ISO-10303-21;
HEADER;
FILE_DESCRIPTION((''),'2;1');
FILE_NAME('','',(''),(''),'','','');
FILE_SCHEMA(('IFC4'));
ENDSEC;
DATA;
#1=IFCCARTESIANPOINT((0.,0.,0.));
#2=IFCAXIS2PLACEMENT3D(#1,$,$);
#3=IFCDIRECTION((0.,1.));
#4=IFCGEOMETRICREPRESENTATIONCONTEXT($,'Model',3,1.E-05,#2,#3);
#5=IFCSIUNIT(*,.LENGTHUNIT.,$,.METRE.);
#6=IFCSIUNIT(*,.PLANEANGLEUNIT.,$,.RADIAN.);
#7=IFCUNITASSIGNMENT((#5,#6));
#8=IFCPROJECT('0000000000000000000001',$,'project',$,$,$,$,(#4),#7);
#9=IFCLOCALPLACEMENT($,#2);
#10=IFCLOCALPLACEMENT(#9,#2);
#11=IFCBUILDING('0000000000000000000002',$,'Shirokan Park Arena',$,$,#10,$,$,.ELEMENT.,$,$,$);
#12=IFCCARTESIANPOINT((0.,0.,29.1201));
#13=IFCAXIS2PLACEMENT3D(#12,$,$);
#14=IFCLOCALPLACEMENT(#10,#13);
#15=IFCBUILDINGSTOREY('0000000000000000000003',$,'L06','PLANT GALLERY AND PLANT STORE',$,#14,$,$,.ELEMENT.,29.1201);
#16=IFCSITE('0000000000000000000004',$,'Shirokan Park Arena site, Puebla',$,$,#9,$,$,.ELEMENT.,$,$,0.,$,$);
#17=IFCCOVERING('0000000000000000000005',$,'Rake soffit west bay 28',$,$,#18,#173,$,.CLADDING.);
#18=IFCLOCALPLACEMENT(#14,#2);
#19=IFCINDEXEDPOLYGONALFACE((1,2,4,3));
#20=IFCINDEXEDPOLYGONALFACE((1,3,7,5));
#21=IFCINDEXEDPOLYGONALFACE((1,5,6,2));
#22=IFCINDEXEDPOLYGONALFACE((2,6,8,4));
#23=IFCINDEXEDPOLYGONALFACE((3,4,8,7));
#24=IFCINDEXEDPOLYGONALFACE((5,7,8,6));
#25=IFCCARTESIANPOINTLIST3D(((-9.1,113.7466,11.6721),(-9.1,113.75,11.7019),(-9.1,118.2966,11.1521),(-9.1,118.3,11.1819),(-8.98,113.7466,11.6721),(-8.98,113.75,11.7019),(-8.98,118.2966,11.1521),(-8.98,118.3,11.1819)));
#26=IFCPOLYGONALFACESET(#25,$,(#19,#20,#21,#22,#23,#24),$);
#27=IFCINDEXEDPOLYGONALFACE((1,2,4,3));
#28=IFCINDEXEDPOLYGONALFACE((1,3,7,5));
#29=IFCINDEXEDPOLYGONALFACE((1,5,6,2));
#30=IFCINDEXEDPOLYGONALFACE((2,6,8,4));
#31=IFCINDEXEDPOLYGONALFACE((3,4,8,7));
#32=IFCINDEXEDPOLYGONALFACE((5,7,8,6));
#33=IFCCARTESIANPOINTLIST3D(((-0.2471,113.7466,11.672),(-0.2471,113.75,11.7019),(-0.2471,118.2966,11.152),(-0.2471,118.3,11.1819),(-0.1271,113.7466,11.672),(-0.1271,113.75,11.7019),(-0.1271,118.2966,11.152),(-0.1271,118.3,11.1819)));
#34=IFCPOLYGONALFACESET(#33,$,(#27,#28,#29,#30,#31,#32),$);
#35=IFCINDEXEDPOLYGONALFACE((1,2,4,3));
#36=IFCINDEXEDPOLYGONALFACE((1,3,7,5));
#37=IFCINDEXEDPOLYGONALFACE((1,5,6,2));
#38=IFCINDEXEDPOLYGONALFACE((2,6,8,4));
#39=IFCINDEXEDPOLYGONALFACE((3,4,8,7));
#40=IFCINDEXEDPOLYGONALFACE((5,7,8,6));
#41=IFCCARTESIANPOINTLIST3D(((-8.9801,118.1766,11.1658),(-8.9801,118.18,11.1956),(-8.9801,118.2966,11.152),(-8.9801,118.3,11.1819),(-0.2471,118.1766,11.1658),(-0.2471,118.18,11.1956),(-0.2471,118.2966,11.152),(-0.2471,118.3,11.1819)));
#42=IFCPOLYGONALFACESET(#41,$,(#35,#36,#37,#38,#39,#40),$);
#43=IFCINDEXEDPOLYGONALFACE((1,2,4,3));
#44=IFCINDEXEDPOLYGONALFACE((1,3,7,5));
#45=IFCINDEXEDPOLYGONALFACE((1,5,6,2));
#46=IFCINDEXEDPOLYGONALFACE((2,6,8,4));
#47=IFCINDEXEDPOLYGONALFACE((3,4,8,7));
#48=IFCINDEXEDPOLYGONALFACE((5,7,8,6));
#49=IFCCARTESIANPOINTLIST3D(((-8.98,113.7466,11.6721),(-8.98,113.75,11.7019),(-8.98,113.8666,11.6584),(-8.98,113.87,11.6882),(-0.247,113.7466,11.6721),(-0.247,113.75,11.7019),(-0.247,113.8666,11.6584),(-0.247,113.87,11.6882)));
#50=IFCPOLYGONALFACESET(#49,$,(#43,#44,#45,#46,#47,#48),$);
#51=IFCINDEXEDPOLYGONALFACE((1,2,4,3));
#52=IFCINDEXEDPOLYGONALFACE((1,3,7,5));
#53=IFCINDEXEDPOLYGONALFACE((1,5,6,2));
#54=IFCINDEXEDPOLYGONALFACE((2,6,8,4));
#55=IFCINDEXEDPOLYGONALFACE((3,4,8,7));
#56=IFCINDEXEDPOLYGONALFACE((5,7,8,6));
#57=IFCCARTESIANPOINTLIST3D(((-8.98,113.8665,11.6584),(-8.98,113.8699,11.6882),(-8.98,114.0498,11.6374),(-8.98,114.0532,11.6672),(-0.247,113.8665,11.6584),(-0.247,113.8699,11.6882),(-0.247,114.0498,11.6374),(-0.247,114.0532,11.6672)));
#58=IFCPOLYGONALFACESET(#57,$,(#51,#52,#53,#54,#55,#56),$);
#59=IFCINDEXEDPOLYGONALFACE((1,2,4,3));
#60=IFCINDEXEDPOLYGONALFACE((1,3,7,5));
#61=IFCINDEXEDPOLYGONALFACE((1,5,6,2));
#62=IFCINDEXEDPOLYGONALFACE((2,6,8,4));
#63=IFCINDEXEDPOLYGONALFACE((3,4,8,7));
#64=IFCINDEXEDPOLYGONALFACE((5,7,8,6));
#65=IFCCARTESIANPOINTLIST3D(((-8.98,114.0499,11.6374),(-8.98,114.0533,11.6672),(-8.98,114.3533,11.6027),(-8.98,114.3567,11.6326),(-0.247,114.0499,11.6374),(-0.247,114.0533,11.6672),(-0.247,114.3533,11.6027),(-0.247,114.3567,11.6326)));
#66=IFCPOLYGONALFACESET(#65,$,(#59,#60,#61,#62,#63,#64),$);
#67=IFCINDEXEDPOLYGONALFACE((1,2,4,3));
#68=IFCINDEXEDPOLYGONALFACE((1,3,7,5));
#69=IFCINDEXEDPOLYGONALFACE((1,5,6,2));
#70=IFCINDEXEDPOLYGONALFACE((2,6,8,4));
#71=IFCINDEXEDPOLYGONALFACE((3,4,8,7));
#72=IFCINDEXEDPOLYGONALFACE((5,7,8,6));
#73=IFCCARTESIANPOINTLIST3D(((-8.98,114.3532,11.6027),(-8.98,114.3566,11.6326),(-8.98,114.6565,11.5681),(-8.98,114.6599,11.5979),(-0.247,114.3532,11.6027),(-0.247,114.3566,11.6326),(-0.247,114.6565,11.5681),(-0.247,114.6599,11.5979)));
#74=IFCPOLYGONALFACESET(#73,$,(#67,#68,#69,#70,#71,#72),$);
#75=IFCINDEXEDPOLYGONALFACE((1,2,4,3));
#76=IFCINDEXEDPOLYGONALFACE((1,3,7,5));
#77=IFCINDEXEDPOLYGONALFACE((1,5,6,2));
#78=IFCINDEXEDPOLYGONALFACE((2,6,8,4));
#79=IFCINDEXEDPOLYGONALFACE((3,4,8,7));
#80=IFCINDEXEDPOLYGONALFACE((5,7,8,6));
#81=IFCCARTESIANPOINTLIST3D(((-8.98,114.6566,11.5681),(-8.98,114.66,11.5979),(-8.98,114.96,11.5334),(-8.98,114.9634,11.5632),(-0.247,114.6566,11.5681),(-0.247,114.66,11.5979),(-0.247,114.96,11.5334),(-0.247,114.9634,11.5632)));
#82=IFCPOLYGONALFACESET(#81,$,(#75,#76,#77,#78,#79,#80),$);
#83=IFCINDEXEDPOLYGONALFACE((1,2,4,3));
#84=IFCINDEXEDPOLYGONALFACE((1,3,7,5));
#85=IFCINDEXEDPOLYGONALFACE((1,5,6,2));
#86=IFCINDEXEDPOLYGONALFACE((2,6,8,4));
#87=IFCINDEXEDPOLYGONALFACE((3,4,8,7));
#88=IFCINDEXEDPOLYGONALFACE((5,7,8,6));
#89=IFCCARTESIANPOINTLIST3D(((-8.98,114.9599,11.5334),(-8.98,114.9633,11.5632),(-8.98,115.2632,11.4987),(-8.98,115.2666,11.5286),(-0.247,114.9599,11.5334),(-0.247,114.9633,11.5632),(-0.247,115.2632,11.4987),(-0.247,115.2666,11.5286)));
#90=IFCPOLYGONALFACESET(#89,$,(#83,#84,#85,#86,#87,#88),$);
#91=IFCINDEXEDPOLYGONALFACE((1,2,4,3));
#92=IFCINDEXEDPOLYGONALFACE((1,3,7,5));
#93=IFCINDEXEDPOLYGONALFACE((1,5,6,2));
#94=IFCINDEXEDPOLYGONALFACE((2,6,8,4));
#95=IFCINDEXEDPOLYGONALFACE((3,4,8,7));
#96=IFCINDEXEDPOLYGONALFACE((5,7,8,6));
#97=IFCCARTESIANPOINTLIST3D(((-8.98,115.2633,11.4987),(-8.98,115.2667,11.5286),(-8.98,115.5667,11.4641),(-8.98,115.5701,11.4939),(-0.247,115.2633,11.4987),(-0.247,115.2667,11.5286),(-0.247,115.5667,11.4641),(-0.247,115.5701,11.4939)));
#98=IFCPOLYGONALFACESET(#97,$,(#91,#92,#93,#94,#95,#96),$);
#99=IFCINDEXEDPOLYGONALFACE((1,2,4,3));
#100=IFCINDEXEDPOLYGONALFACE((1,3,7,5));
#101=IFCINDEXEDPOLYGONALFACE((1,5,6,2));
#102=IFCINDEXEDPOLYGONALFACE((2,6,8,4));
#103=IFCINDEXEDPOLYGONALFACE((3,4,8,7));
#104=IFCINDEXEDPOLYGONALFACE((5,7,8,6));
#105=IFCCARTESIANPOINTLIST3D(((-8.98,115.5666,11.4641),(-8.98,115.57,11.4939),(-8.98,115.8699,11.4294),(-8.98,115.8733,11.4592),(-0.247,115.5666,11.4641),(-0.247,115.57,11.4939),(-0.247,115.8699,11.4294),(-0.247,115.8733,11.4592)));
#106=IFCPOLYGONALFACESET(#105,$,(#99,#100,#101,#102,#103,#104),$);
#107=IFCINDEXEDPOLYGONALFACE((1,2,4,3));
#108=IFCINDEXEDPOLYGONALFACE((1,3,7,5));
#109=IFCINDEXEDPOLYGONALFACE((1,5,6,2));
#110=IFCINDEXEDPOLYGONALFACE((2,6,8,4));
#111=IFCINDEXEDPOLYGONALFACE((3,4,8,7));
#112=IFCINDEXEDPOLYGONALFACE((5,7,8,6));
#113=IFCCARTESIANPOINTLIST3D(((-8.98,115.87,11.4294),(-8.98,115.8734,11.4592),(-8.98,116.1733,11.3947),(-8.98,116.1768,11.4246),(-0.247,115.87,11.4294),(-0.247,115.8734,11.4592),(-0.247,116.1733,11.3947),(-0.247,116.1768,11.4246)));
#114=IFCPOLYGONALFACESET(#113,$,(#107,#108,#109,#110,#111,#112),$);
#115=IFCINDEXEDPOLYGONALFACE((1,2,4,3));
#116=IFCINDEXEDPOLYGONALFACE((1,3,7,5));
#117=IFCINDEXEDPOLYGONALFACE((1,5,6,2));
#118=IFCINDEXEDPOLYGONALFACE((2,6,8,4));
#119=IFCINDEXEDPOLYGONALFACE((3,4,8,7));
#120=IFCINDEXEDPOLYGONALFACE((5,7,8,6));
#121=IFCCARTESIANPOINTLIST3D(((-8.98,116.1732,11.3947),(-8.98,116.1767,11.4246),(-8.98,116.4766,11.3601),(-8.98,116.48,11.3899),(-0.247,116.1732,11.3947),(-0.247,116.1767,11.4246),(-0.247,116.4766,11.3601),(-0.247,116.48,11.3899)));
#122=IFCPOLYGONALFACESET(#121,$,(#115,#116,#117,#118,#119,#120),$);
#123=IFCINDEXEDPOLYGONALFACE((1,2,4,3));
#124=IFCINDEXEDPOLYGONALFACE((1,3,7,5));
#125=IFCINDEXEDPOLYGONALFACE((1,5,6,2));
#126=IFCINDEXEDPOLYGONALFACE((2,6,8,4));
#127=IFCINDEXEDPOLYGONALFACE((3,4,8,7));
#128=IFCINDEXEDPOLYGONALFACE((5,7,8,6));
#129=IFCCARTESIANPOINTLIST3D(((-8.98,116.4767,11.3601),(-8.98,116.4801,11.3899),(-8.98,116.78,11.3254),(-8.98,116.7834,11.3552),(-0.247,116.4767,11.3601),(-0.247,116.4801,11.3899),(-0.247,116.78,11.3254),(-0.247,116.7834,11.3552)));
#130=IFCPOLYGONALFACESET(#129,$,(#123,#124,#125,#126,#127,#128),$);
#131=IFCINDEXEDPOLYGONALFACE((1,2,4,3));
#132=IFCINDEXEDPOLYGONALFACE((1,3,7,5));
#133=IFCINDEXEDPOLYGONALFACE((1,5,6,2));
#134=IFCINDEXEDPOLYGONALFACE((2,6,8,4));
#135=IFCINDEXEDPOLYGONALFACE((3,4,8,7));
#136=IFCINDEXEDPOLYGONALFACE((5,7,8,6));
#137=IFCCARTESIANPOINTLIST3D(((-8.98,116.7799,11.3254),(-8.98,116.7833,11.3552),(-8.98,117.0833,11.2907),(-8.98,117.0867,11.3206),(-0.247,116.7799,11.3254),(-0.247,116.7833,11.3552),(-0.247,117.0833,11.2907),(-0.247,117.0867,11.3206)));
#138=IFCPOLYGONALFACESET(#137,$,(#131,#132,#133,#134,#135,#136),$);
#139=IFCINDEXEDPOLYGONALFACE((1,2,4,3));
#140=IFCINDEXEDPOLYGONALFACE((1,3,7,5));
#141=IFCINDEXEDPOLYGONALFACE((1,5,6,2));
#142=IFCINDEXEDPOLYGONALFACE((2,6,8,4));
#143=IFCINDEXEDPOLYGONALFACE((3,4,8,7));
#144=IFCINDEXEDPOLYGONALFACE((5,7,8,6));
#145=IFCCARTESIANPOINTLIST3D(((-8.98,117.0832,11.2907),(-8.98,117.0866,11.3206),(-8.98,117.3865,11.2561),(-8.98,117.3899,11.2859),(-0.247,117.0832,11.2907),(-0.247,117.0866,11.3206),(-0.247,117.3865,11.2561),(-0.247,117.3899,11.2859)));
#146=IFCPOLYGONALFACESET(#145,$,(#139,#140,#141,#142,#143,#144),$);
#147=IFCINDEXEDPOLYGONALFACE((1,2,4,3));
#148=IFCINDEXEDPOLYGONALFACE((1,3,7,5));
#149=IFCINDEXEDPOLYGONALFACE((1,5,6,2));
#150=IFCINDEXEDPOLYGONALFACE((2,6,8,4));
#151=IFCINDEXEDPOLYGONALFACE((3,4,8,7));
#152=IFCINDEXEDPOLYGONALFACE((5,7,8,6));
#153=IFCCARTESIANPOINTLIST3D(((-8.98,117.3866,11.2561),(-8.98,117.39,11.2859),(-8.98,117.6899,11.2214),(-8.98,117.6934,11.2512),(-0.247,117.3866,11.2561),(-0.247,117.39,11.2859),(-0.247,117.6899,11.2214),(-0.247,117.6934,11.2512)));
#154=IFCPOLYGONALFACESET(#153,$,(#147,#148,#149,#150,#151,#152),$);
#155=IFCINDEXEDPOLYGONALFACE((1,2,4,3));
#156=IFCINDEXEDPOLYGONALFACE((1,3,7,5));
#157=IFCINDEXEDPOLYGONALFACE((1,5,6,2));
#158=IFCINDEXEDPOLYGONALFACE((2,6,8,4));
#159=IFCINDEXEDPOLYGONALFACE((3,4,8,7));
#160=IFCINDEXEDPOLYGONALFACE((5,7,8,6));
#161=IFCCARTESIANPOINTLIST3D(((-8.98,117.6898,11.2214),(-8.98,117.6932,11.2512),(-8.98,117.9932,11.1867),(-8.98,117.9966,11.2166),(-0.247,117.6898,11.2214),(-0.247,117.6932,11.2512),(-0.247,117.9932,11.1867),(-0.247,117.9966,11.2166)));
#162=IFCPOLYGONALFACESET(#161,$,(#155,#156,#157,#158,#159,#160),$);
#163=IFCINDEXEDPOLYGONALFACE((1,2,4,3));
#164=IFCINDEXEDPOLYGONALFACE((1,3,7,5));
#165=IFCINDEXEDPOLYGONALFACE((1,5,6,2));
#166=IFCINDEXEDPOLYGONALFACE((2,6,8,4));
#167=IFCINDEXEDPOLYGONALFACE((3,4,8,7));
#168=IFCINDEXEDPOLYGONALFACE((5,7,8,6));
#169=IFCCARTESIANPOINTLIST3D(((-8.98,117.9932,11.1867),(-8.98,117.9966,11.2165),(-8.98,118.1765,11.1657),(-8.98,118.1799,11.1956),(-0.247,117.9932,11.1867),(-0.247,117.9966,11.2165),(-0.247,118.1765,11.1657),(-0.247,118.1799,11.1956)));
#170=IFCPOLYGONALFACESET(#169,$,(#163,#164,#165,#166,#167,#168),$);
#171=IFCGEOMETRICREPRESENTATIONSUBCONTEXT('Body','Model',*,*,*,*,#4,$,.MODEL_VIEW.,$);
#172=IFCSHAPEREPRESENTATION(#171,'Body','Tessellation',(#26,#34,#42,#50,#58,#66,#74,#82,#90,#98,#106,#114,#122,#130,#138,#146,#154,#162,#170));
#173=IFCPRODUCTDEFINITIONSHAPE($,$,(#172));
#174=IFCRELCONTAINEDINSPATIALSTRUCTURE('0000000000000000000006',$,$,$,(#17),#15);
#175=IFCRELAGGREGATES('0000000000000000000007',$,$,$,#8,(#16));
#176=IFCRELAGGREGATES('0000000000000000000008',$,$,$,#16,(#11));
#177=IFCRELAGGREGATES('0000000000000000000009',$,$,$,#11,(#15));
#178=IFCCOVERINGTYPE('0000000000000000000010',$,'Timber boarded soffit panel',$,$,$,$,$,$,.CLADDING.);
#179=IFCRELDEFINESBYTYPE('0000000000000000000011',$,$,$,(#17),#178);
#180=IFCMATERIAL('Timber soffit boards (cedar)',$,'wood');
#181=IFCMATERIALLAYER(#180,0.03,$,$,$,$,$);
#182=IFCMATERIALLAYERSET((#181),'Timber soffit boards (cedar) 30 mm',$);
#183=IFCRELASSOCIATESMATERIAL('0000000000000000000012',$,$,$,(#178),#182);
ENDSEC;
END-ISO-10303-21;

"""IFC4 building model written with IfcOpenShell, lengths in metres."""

from ifc_helpers import new_model, si_unit, direction, frame, origin, place, context, subcontext, project, spatial, polyline, outline, extrude, material, layer, layer_set, type_object, element, save


model = new_model("IFC4")

# Units and contexts
model_context = context("Model", 3, precision=1e-05, world=origin(), true_north=direction((0.0, 1.0)))
body_context = subcontext(model_context, "Body", "Model", "MODEL_VIEW")
ifc_project = project(units=[si_unit("LENGTHUNIT", "METRE"), si_unit("PLANEANGLEUNIT", "RADIAN")], contexts=[model_context])

# Site, building, storey
site_placement = place(None, origin())
site = spatial("IfcSite", under=ifc_project, at=site_placement, Name="Shirokan Park Arena site, Puebla", CompositionType="ELEMENT", RefElevation=0.0)
building_placement = place(site_placement, origin())
building = spatial("IfcBuilding", under=site, at=building_placement, Name="Shirokan Park Arena", CompositionType="ELEMENT")
storey_placement = place(building_placement, frame((0.0, 0.0, 29.1201)))
storey = spatial("IfcBuildingStorey", under=building, at=storey_placement, Name="L06", Description="PLANT GALLERY AND PLANT STORE", CompositionType="ELEMENT", Elevation=29.1201)

# Covering
ifc_material = material(Name="Timber soffit boards (cedar)", Category="wood")
ifc_layer = layer(ifc_material, 0.03)
ifc_layer_set = layer_set([ifc_layer], Name="Timber soffit boards (cedar) 30 mm")
covering_type = type_object("IfcCoveringType", Name="Timber boarded soffit panel", PredefinedType="CLADDING", material=ifc_layer_set)
covering_1_placement = place(storey_placement, origin())
element("IfcCovering", 1, at=covering_1_placement, inside=storey, type_object=covering_type, Name="Rake soffit west bay 28", PredefinedType="CLADDING", context=body_context, shape_type="SweptSolid", body=[
    extrude(outline(polyline([(0.0, 0.0), (0.12, 0.0), (0.12, -4.5796), (0.0, -4.5796), (0.0, 0.0)])), frame((-8.98, 113.75, 11.7019), z_axis=(0.0, 0.113547, 0.993533), x_axis=(-1.0, 0.0, 0.0)), (0.0, 0.0, -1.0), 0.03),
    extrude(outline(polyline([(0.0, 0.0), (0.12, 0.0), (0.12, -4.5796), (0.0, -4.5796), (0.0, 0.0)])), frame((-0.2471, 118.3, 11.1819), z_axis=(0.0, 0.113547, 0.993533), x_axis=(1.0, 0.0, 0.0)), (0.0, 0.0, -1.0), 0.03),
    extrude(outline(polyline([(0.0, 0.0), (0.1208, 0.0), (0.1208, -8.733), (0.0, -8.733), (0.0, 0.0)])), frame((-0.2471, 118.3, 11.1819), z_axis=(0.0, 0.113512, 0.993537), x_axis=(0.0, -0.993537, 0.113512)), (0.0, 0.0, -1.0), 0.03),
    extrude(outline(polyline([(0.0, 0.0), (0.1208, 0.0), (0.1208, -8.733), (0.0, -8.733), (0.0, 0.0)])), frame((-8.98, 113.75, 11.7019), z_axis=(0.0, 0.113512, 0.993537), x_axis=(0.0, 0.993537, -0.113512)), (0.0, 0.0, -1.0), 0.03),
    extrude(outline(polyline([(0.0, 0.0), (8.733, 0.0), (8.733, -0.1845), (0.0, -0.1845), (0.0, 0.0)])), frame((-8.98, 114.0532, 11.6672), z_axis=(0.0, 0.113589, 0.993528), x_axis=(1.0, 0.0, 0.0)), (0.0, 0.0, -1.0), 0.03),
    extrude(outline(polyline([(0.0, 0.0), (8.733, 0.0), (8.733, -0.3053), (0.0, -0.3053), (0.0, 0.0)])), frame((-8.98, 114.3567, 11.6326), z_axis=(0.0, 0.113523, 0.993535), x_axis=(1.0, 0.0, 0.0)), (0.0, 0.0, -1.0), 0.03),
    extrude(outline(polyline([(0.0, 0.0), (8.733, 0.0), (8.733, -0.3053), (0.0, -0.3053), (0.0, 0.0)])), frame((-8.98, 114.6599, 11.5979), z_axis=(0.0, 0.113559, 0.993531), x_axis=(1.0, 0.0, 0.0)), (0.0, 0.0, -1.0), 0.03),
    extrude(outline(polyline([(0.0, 0.0), (8.733, 0.0), (8.733, -0.3053), (0.0, -0.3053), (0.0, 0.0)])), frame((-8.98, 114.9634, 11.5632), z_axis=(0.0, 0.113559, 0.993531), x_axis=(1.0, 0.0, 0.0)), (0.0, 0.0, -1.0), 0.03),
    extrude(outline(polyline([(0.0, 0.0), (8.733, 0.0), (8.733, -0.3053), (0.0, -0.3053), (0.0, 0.0)])), frame((-8.98, 115.2666, 11.5286), z_axis=(0.0, 0.113523, 0.993535), x_axis=(1.0, 0.0, 0.0)), (0.0, 0.0, -1.0), 0.03),
    extrude(outline(polyline([(0.0, 0.0), (8.733, 0.0), (8.733, -0.3053), (0.0, -0.3053), (0.0, 0.0)])), frame((-8.98, 115.5701, 11.4939), z_axis=(0.0, 0.113559, 0.993531), x_axis=(1.0, 0.0, 0.0)), (0.0, 0.0, -1.0), 0.03),
    extrude(outline(polyline([(0.0, 0.0), (8.733, 0.0), (8.733, -0.3053), (0.0, -0.3053), (0.0, 0.0)])), frame((-8.98, 115.8733, 11.4592), z_axis=(0.0, 0.113559, 0.993531), x_axis=(1.0, 0.0, 0.0)), (0.0, 0.0, -1.0), 0.03),
    extrude(outline(polyline([(0.0, 0.0), (8.733, 0.0), (8.733, -0.3053), (0.0, -0.3053), (0.0, 0.0)])), frame((-8.98, 116.1768, 11.4246), z_axis=(0.0, 0.113523, 0.993535), x_axis=(1.0, 0.0, 0.0)), (0.0, 0.0, -1.0), 0.03),
    extrude(outline(polyline([(0.0, 0.0), (8.733, 0.0), (8.733, -0.3053), (0.0, -0.3053), (0.0, 0.0)])), frame((-8.98, 116.48, 11.3899), z_axis=(0.0, 0.113559, 0.993531), x_axis=(1.0, 0.0, 0.0)), (0.0, 0.0, -1.0), 0.03),
    extrude(outline(polyline([(0.0, 0.0), (8.733, 0.0), (8.733, -0.3053), (0.0, -0.3053), (0.0, 0.0)])), frame((-8.98, 116.7834, 11.3552), z_axis=(0.0, 0.113559, 0.993531), x_axis=(1.0, 0.0, 0.0)), (0.0, 0.0, -1.0), 0.03),
    extrude(outline(polyline([(0.0, 0.0), (8.733, 0.0), (8.733, -0.3053), (0.0, -0.3053), (0.0, 0.0)])), frame((-8.98, 117.0867, 11.3206), z_axis=(0.0, 0.113523, 0.993535), x_axis=(1.0, 0.0, 0.0)), (0.0, 0.0, -1.0), 0.03),
    extrude(outline(polyline([(0.0, 0.0), (8.733, 0.0), (8.733, -0.3053), (0.0, -0.3053), (0.0, 0.0)])), frame((-8.98, 117.3899, 11.2859), z_axis=(0.0, 0.113559, 0.993531), x_axis=(1.0, 0.0, 0.0)), (0.0, 0.0, -1.0), 0.03),
    extrude(outline(polyline([(0.0, 0.0), (8.733, 0.0), (8.733, -0.3053), (0.0, -0.3053), (0.0, 0.0)])), frame((-8.98, 117.6934, 11.2512), z_axis=(0.0, 0.113559, 0.993531), x_axis=(1.0, 0.0, 0.0)), (0.0, 0.0, -1.0), 0.03),
    extrude(outline(polyline([(0.0, 0.0), (8.733, 0.0), (8.733, -0.3053), (0.0, -0.3053), (0.0, 0.0)])), frame((-8.98, 117.9966, 11.2166), z_axis=(0.0, 0.113523, 0.993535), x_axis=(1.0, 0.0, 0.0)), (0.0, 0.0, -1.0), 0.03),
    extrude(outline(polyline([(0.0, 0.0), (8.733, 0.0), (8.733, -0.1845), (0.0, -0.1845), (0.0, 0.0)])), frame((-8.98, 118.1799, 11.1956), z_axis=(0.0, 0.113589, 0.993528), x_axis=(1.0, 0.0, 0.0)), (0.0, 0.0, -1.0), 0.03),
])

save(model, "model.ifc")
